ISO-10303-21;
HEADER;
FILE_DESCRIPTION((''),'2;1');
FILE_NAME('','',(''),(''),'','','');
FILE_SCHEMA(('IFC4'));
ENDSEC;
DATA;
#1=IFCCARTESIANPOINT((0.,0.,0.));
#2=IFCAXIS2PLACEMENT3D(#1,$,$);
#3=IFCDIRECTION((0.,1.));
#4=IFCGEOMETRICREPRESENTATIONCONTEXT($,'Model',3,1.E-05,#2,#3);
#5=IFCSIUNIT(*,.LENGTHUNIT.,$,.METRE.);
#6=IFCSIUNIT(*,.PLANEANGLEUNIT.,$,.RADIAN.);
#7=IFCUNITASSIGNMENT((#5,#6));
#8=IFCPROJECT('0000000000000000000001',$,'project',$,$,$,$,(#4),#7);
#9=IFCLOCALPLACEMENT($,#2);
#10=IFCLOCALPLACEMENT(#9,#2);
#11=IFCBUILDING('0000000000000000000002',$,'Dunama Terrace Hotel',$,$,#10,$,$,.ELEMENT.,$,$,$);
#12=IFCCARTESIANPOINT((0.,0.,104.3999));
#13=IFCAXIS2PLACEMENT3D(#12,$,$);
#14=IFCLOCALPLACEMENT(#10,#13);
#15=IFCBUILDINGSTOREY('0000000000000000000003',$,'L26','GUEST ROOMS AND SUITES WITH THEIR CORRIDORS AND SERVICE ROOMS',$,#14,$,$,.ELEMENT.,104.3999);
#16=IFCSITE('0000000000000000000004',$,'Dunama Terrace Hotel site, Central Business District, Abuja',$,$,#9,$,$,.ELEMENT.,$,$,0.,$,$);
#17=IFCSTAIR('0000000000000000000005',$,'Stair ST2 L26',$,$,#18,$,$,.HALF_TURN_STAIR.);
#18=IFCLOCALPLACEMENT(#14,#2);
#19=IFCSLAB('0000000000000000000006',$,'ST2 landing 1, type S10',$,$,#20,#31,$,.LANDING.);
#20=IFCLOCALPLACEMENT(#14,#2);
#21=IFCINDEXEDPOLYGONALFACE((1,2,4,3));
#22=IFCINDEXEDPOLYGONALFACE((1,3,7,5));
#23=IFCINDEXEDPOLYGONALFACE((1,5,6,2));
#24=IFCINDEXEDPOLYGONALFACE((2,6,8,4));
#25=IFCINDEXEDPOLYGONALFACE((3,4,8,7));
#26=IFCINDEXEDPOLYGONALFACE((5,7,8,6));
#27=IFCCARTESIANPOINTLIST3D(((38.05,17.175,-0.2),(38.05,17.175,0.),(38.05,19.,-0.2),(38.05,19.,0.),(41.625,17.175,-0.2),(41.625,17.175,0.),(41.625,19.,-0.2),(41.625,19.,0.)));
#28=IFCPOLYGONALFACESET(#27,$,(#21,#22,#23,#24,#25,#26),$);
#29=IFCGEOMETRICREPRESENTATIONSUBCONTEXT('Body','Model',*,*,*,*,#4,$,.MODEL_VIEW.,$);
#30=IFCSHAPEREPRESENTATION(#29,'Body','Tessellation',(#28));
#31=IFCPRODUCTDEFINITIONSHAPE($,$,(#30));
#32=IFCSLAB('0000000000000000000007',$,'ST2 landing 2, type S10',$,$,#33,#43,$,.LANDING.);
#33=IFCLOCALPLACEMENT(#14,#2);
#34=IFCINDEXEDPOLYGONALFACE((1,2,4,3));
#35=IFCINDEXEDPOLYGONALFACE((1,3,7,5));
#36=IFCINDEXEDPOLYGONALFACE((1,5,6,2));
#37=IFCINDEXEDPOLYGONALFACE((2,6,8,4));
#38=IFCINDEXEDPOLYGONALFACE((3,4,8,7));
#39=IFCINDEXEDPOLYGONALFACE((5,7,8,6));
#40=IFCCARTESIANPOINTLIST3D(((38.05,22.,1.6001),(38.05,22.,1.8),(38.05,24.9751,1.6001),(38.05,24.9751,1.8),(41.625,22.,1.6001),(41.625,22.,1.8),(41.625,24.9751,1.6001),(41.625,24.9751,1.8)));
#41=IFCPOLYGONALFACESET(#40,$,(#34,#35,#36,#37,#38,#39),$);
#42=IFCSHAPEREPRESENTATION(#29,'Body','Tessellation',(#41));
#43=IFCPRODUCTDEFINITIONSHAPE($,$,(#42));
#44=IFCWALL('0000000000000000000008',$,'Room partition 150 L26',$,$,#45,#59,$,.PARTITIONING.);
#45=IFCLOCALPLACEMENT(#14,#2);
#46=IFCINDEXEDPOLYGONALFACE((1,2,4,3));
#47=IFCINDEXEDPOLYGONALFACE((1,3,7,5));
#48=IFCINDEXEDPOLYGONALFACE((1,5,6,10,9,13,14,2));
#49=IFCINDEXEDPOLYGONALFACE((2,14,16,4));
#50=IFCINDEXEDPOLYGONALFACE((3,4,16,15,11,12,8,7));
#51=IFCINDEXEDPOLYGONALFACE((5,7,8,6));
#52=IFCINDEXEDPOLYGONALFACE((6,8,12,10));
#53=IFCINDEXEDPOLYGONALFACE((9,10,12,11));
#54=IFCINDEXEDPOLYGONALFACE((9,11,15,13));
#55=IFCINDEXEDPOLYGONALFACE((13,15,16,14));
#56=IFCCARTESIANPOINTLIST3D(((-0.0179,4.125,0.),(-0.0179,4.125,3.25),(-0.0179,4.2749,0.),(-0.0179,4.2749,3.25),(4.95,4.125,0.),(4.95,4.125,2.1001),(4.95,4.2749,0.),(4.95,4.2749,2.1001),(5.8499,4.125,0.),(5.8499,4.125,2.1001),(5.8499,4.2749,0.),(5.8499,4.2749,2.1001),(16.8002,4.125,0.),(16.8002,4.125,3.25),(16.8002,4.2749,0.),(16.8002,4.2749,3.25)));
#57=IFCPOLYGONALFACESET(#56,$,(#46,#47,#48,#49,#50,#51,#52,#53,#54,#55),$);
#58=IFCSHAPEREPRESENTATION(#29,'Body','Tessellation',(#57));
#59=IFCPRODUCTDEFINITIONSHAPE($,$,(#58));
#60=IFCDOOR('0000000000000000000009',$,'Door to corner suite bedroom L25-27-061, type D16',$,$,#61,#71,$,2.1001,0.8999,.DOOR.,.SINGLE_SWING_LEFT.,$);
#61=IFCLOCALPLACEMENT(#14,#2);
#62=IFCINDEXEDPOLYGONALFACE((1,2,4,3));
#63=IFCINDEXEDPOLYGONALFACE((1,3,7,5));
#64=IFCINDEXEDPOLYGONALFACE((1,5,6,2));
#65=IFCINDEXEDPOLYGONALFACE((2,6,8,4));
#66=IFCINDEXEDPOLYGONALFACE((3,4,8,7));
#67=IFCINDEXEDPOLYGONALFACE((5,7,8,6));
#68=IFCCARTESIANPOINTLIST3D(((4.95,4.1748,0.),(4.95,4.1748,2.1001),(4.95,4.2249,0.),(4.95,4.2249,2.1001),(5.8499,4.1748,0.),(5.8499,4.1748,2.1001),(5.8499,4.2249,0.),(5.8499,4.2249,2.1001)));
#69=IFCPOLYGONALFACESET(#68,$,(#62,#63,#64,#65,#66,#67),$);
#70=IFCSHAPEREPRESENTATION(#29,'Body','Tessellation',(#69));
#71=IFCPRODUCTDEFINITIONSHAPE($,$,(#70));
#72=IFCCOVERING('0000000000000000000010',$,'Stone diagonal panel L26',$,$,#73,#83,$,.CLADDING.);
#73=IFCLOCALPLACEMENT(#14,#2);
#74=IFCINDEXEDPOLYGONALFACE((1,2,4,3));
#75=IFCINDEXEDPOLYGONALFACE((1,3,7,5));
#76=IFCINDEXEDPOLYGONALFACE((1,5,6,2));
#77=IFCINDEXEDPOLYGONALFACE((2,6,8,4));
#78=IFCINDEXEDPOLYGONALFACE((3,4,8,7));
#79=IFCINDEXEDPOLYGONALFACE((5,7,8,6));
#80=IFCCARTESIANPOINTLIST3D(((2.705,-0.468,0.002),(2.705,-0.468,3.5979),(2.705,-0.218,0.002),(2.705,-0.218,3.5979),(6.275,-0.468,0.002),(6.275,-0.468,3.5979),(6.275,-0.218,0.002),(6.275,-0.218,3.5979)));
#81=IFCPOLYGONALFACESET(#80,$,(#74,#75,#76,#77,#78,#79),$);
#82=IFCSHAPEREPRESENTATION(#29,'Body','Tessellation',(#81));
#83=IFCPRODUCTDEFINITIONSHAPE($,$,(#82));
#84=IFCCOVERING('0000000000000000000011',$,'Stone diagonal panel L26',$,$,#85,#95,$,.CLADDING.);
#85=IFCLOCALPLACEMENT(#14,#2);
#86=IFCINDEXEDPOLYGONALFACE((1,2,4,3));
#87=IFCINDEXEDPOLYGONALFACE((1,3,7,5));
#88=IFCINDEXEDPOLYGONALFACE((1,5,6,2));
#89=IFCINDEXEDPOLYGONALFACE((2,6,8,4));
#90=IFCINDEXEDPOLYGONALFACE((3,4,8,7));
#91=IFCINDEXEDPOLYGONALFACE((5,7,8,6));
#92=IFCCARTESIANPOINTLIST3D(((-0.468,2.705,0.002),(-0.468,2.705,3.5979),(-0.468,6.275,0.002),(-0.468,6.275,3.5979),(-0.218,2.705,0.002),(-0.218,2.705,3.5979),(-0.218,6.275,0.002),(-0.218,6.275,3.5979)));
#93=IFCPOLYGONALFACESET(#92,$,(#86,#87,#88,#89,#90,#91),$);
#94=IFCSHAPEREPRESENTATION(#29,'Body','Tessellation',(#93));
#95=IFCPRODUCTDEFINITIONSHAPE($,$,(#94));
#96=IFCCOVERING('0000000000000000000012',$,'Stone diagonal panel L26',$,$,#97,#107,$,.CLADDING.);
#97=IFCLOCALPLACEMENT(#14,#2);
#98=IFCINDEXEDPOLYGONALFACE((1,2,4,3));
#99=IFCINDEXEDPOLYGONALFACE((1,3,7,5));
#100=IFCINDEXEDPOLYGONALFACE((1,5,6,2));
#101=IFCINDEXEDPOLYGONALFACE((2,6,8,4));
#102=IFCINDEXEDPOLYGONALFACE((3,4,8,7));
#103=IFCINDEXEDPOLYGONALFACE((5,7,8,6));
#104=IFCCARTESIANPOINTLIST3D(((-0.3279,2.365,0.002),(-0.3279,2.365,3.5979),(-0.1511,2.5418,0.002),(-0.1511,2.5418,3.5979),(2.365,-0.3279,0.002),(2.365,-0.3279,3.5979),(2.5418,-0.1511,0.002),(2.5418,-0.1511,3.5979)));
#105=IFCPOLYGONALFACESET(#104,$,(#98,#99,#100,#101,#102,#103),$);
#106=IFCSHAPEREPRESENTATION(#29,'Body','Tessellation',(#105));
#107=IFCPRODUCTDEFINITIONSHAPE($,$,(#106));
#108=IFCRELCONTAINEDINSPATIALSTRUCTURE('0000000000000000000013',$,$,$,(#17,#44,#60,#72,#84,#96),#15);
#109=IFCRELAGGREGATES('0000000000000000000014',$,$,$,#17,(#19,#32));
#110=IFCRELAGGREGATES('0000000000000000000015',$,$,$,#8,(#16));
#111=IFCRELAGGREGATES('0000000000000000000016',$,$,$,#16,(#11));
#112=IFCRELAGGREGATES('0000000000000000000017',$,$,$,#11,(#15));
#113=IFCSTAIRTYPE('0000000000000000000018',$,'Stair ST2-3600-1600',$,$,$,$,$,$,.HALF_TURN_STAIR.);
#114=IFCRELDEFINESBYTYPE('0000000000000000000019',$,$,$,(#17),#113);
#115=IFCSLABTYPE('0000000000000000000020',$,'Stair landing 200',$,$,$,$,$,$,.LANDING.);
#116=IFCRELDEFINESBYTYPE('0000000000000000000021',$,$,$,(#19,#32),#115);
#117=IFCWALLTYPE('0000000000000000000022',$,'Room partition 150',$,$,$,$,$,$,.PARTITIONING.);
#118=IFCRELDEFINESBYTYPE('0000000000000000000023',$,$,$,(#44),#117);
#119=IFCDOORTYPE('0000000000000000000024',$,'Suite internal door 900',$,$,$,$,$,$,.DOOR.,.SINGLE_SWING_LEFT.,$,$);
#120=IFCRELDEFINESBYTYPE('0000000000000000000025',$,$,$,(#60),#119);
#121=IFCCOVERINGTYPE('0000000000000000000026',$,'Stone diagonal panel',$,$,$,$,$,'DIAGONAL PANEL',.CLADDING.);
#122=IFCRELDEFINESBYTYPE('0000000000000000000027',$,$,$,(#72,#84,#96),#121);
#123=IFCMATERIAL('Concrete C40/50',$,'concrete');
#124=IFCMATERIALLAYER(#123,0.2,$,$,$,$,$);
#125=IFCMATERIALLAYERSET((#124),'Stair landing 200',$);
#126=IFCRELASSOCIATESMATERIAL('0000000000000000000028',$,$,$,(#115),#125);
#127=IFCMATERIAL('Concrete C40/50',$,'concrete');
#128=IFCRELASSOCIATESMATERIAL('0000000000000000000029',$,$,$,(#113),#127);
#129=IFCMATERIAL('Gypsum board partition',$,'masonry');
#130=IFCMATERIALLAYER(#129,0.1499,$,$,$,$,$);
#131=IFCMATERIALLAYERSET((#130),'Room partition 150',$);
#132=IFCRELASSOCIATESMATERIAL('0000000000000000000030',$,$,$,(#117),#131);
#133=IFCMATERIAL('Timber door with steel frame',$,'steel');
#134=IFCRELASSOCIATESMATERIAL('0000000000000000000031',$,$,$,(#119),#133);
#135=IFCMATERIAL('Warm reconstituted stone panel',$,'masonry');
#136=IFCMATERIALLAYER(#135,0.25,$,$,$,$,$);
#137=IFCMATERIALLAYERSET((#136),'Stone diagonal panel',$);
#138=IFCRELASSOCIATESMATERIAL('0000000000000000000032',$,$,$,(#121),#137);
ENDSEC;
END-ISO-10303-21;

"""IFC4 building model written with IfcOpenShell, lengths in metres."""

from ifc_helpers import new_model, si_unit, direction, frame, frame_2d, origin, origin_2d, place, context, subcontext, project, spatial, polyline, rectangle, outline, extrude, material, layer, layer_set, type_object, element, fill, aggregate, save


model = new_model("IFC4")

# Units and contexts
model_context = context("Model", 3, precision=1e-05, world=origin(), true_north=direction((0.0, 1.0)))
body_context = subcontext(model_context, "Body", "Model", "MODEL_VIEW")
ifc_project = project(units=[si_unit("LENGTHUNIT", "METRE"), si_unit("PLANEANGLEUNIT", "RADIAN")], contexts=[model_context])

# Site, building, storey
site_placement = place(None, origin())
site = spatial("IfcSite", under=ifc_project, at=site_placement, Name="Dunama Terrace Hotel site, Central Business District, Abuja", CompositionType="ELEMENT", RefElevation=0.0)
building_placement = place(site_placement, origin())
building = spatial("IfcBuilding", under=site, at=building_placement, Name="Dunama Terrace Hotel", CompositionType="ELEMENT")
storey_placement = place(building_placement, frame((0.0, 0.0, 104.3999)))
storey = spatial("IfcBuildingStorey", under=building, at=storey_placement, Name="L26", Description="GUEST ROOMS AND SUITES WITH THEIR CORRIDORS AND SERVICE ROOMS", CompositionType="ELEMENT", Elevation=104.3999)

# Stair, slabs
ifc_material_1 = material(Name="Concrete C40/50", Category="concrete")
ifc_layer_1 = layer(ifc_material_1, 0.2)
ifc_layer_set_1 = layer_set([ifc_layer_1], Name="Stair landing 200")
slab_type_1 = type_object("IfcSlabType", Name="Stair landing 200", PredefinedType="LANDING", material=ifc_layer_set_1)
ifc_material_2 = material(Name="Concrete C40/50", Category="concrete")
stair_type_1 = type_object("IfcStairType", Name="Stair ST2-3600-1600", PredefinedType="HALF_TURN_STAIR", material=ifc_material_2)
stair_1_placement = place(storey_placement, origin())
stair_1 = element("IfcStair", 1, at=stair_1_placement, inside=storey, type_object=stair_type_1, Name="Stair ST2 L26", PredefinedType="HALF_TURN_STAIR")
slab_1_placement = place(storey_placement, frame((0.0, 0.0, -0.2)))
slab_1 = element("IfcSlab", 2, at=slab_1_placement, type_object=slab_type_1, Name="ST2 landing 1, type S10", PredefinedType="LANDING", context=body_context, shape_type="SweptSolid", body=[
    extrude(outline(polyline([(38.05, 17.175), (41.625, 17.175), (41.625, 19.0), (38.05, 19.0), (38.05, 17.175)])), origin(), (0.0, 0.0, 1.0), 0.2),
])
slab_2_placement = place(storey_placement, frame((0.0, 0.0, 1.6001)))
slab_2 = element("IfcSlab", 3, at=slab_2_placement, type_object=slab_type_1, Name="ST2 landing 2, type S10", PredefinedType="LANDING", context=body_context, shape_type="SweptSolid", body=[
    extrude(outline(polyline([(38.05, 22.0), (41.625, 22.0), (41.625, 24.9751), (38.05, 24.9751), (38.05, 22.0)])), origin(), (0.0, 0.0, 1.0), 0.2),
])
aggregate(stair_1, [slab_1, slab_2])

# Wall, opening, door
ifc_material_3 = material(Name="Gypsum board partition", Category="masonry")
ifc_layer_2 = layer(ifc_material_3, 0.1499)
ifc_layer_set_2 = layer_set([ifc_layer_2], Name="Room partition 150")
wall_type = type_object("IfcWallType", Name="Room partition 150", PredefinedType="PARTITIONING", material=ifc_layer_set_2)
wall_placement = place(storey_placement, frame((-0.0181, 4.2, 0.0), z_axis=(0.0, 0.0, 1.0), x_axis=(1.0, 0.0, 0.0)))
wall = element("IfcWall", 4, at=wall_placement, inside=storey, type_object=wall_type, Name="Room partition 150 L26", PredefinedType="PARTITIONING", context=body_context, shape_type="SweptSolid", body=[
    extrude(rectangle(XDim=16.8181, YDim=0.1499, at=frame_2d((8.4092, 0.0))), origin(), (0.0, 0.0, 1.0), 3.25),
])
opening_placement = place(wall_placement, frame((4.968, 0.0, 0.0)))
opening = element("IfcOpeningElement", 5, at=opening_placement, cuts=wall, PredefinedType="OPENING", context=body_context, shape_type="SweptSolid", body=[
    extrude(rectangle(XDim=0.8999, YDim=2.1001, at=frame_2d((0.45, 1.05))), frame((0.0, 0.085, 0.0), z_axis=(0.0, -1.0, 0.0), x_axis=(1.0, 0.0, 0.0)), (0.0, 0.0, 1.0), 0.1699),
])
ifc_material_4 = material(Name="Timber door with steel frame", Category="steel")
door_type = type_object("IfcDoorType", Name="Suite internal door 900", OperationType="SINGLE_SWING_LEFT", PredefinedType="DOOR", material=ifc_material_4)
door_placement = place(opening_placement, frame((0.8999, 0.0, 0.0), z_axis=(0.0, 0.0, 1.0), x_axis=(-1.0, 0.0, 0.0)))
door = element("IfcDoor", 6, at=door_placement, inside=storey, type_object=door_type, Name="Door to corner suite bedroom L25-27-061, type D16", OperationType="SINGLE_SWING_LEFT", OverallHeight=2.1001, OverallWidth=0.8999, PredefinedType="DOOR", context=body_context, shape_type="SweptSolid", body=[
    extrude(rectangle(XDim=0.8999, YDim=2.1001, at=frame_2d((0.45, 1.05))), frame((0.0, 0.0251, 0.0), z_axis=(0.0, -1.0, 0.0), x_axis=(1.0, 0.0, 0.0)), (0.0, 0.0, 1.0), 0.05),
])
fill(opening, door)

# Coverings
ifc_material_5 = material(Name="Warm reconstituted stone panel", Category="masonry")
ifc_layer_3 = layer(ifc_material_5, 0.25)
ifc_layer_set_3 = layer_set([ifc_layer_3], Name="Stone diagonal panel")
covering_type = type_object("IfcCoveringType", Name="Stone diagonal panel", ElementType="DIAGONAL PANEL", PredefinedType="CLADDING", material=ifc_layer_set_3)
for number, where, z_axis, x_axis, name in (
    (7, (4.49, -0.343, 0.002), (0.0, 0.0, 1.0), (1.0, 0.0, 0.0), "Stone diagonal panel L26"),
    (8, (-0.343, 4.49, 0.002), (0.0, 0.0, 1.0), (0.0, -1.0, 0.0), "Stone diagonal panel L26"),
):
    element("IfcCovering", number, at=place(storey_placement, frame(where, z_axis=z_axis, x_axis=x_axis)), inside=storey, type_object=covering_type, Name=name, PredefinedType="CLADDING", context=body_context, shape_type="SweptSolid", body=[
        extrude(rectangle(XDim=3.5701, YDim=0.25, at=origin_2d()), origin(), (0.0, 0.0, 1.0), 3.5959),
    ])
covering_placement = place(storey_placement, frame((1.1069, 1.1069, 0.002), z_axis=(0.0, 0.0, 1.0), x_axis=(0.707107, -0.707107, 0.0)))
element("IfcCovering", 9, at=covering_placement, inside=storey, type_object=covering_type, Name="Stone diagonal panel L26", PredefinedType="CLADDING", context=body_context, shape_type="SweptSolid", body=[
    extrude(rectangle(XDim=3.8083, YDim=0.25, at=origin_2d()), origin(), (0.0, 0.0, 1.0), 3.5959),
])

save(model, "model.ifc")
